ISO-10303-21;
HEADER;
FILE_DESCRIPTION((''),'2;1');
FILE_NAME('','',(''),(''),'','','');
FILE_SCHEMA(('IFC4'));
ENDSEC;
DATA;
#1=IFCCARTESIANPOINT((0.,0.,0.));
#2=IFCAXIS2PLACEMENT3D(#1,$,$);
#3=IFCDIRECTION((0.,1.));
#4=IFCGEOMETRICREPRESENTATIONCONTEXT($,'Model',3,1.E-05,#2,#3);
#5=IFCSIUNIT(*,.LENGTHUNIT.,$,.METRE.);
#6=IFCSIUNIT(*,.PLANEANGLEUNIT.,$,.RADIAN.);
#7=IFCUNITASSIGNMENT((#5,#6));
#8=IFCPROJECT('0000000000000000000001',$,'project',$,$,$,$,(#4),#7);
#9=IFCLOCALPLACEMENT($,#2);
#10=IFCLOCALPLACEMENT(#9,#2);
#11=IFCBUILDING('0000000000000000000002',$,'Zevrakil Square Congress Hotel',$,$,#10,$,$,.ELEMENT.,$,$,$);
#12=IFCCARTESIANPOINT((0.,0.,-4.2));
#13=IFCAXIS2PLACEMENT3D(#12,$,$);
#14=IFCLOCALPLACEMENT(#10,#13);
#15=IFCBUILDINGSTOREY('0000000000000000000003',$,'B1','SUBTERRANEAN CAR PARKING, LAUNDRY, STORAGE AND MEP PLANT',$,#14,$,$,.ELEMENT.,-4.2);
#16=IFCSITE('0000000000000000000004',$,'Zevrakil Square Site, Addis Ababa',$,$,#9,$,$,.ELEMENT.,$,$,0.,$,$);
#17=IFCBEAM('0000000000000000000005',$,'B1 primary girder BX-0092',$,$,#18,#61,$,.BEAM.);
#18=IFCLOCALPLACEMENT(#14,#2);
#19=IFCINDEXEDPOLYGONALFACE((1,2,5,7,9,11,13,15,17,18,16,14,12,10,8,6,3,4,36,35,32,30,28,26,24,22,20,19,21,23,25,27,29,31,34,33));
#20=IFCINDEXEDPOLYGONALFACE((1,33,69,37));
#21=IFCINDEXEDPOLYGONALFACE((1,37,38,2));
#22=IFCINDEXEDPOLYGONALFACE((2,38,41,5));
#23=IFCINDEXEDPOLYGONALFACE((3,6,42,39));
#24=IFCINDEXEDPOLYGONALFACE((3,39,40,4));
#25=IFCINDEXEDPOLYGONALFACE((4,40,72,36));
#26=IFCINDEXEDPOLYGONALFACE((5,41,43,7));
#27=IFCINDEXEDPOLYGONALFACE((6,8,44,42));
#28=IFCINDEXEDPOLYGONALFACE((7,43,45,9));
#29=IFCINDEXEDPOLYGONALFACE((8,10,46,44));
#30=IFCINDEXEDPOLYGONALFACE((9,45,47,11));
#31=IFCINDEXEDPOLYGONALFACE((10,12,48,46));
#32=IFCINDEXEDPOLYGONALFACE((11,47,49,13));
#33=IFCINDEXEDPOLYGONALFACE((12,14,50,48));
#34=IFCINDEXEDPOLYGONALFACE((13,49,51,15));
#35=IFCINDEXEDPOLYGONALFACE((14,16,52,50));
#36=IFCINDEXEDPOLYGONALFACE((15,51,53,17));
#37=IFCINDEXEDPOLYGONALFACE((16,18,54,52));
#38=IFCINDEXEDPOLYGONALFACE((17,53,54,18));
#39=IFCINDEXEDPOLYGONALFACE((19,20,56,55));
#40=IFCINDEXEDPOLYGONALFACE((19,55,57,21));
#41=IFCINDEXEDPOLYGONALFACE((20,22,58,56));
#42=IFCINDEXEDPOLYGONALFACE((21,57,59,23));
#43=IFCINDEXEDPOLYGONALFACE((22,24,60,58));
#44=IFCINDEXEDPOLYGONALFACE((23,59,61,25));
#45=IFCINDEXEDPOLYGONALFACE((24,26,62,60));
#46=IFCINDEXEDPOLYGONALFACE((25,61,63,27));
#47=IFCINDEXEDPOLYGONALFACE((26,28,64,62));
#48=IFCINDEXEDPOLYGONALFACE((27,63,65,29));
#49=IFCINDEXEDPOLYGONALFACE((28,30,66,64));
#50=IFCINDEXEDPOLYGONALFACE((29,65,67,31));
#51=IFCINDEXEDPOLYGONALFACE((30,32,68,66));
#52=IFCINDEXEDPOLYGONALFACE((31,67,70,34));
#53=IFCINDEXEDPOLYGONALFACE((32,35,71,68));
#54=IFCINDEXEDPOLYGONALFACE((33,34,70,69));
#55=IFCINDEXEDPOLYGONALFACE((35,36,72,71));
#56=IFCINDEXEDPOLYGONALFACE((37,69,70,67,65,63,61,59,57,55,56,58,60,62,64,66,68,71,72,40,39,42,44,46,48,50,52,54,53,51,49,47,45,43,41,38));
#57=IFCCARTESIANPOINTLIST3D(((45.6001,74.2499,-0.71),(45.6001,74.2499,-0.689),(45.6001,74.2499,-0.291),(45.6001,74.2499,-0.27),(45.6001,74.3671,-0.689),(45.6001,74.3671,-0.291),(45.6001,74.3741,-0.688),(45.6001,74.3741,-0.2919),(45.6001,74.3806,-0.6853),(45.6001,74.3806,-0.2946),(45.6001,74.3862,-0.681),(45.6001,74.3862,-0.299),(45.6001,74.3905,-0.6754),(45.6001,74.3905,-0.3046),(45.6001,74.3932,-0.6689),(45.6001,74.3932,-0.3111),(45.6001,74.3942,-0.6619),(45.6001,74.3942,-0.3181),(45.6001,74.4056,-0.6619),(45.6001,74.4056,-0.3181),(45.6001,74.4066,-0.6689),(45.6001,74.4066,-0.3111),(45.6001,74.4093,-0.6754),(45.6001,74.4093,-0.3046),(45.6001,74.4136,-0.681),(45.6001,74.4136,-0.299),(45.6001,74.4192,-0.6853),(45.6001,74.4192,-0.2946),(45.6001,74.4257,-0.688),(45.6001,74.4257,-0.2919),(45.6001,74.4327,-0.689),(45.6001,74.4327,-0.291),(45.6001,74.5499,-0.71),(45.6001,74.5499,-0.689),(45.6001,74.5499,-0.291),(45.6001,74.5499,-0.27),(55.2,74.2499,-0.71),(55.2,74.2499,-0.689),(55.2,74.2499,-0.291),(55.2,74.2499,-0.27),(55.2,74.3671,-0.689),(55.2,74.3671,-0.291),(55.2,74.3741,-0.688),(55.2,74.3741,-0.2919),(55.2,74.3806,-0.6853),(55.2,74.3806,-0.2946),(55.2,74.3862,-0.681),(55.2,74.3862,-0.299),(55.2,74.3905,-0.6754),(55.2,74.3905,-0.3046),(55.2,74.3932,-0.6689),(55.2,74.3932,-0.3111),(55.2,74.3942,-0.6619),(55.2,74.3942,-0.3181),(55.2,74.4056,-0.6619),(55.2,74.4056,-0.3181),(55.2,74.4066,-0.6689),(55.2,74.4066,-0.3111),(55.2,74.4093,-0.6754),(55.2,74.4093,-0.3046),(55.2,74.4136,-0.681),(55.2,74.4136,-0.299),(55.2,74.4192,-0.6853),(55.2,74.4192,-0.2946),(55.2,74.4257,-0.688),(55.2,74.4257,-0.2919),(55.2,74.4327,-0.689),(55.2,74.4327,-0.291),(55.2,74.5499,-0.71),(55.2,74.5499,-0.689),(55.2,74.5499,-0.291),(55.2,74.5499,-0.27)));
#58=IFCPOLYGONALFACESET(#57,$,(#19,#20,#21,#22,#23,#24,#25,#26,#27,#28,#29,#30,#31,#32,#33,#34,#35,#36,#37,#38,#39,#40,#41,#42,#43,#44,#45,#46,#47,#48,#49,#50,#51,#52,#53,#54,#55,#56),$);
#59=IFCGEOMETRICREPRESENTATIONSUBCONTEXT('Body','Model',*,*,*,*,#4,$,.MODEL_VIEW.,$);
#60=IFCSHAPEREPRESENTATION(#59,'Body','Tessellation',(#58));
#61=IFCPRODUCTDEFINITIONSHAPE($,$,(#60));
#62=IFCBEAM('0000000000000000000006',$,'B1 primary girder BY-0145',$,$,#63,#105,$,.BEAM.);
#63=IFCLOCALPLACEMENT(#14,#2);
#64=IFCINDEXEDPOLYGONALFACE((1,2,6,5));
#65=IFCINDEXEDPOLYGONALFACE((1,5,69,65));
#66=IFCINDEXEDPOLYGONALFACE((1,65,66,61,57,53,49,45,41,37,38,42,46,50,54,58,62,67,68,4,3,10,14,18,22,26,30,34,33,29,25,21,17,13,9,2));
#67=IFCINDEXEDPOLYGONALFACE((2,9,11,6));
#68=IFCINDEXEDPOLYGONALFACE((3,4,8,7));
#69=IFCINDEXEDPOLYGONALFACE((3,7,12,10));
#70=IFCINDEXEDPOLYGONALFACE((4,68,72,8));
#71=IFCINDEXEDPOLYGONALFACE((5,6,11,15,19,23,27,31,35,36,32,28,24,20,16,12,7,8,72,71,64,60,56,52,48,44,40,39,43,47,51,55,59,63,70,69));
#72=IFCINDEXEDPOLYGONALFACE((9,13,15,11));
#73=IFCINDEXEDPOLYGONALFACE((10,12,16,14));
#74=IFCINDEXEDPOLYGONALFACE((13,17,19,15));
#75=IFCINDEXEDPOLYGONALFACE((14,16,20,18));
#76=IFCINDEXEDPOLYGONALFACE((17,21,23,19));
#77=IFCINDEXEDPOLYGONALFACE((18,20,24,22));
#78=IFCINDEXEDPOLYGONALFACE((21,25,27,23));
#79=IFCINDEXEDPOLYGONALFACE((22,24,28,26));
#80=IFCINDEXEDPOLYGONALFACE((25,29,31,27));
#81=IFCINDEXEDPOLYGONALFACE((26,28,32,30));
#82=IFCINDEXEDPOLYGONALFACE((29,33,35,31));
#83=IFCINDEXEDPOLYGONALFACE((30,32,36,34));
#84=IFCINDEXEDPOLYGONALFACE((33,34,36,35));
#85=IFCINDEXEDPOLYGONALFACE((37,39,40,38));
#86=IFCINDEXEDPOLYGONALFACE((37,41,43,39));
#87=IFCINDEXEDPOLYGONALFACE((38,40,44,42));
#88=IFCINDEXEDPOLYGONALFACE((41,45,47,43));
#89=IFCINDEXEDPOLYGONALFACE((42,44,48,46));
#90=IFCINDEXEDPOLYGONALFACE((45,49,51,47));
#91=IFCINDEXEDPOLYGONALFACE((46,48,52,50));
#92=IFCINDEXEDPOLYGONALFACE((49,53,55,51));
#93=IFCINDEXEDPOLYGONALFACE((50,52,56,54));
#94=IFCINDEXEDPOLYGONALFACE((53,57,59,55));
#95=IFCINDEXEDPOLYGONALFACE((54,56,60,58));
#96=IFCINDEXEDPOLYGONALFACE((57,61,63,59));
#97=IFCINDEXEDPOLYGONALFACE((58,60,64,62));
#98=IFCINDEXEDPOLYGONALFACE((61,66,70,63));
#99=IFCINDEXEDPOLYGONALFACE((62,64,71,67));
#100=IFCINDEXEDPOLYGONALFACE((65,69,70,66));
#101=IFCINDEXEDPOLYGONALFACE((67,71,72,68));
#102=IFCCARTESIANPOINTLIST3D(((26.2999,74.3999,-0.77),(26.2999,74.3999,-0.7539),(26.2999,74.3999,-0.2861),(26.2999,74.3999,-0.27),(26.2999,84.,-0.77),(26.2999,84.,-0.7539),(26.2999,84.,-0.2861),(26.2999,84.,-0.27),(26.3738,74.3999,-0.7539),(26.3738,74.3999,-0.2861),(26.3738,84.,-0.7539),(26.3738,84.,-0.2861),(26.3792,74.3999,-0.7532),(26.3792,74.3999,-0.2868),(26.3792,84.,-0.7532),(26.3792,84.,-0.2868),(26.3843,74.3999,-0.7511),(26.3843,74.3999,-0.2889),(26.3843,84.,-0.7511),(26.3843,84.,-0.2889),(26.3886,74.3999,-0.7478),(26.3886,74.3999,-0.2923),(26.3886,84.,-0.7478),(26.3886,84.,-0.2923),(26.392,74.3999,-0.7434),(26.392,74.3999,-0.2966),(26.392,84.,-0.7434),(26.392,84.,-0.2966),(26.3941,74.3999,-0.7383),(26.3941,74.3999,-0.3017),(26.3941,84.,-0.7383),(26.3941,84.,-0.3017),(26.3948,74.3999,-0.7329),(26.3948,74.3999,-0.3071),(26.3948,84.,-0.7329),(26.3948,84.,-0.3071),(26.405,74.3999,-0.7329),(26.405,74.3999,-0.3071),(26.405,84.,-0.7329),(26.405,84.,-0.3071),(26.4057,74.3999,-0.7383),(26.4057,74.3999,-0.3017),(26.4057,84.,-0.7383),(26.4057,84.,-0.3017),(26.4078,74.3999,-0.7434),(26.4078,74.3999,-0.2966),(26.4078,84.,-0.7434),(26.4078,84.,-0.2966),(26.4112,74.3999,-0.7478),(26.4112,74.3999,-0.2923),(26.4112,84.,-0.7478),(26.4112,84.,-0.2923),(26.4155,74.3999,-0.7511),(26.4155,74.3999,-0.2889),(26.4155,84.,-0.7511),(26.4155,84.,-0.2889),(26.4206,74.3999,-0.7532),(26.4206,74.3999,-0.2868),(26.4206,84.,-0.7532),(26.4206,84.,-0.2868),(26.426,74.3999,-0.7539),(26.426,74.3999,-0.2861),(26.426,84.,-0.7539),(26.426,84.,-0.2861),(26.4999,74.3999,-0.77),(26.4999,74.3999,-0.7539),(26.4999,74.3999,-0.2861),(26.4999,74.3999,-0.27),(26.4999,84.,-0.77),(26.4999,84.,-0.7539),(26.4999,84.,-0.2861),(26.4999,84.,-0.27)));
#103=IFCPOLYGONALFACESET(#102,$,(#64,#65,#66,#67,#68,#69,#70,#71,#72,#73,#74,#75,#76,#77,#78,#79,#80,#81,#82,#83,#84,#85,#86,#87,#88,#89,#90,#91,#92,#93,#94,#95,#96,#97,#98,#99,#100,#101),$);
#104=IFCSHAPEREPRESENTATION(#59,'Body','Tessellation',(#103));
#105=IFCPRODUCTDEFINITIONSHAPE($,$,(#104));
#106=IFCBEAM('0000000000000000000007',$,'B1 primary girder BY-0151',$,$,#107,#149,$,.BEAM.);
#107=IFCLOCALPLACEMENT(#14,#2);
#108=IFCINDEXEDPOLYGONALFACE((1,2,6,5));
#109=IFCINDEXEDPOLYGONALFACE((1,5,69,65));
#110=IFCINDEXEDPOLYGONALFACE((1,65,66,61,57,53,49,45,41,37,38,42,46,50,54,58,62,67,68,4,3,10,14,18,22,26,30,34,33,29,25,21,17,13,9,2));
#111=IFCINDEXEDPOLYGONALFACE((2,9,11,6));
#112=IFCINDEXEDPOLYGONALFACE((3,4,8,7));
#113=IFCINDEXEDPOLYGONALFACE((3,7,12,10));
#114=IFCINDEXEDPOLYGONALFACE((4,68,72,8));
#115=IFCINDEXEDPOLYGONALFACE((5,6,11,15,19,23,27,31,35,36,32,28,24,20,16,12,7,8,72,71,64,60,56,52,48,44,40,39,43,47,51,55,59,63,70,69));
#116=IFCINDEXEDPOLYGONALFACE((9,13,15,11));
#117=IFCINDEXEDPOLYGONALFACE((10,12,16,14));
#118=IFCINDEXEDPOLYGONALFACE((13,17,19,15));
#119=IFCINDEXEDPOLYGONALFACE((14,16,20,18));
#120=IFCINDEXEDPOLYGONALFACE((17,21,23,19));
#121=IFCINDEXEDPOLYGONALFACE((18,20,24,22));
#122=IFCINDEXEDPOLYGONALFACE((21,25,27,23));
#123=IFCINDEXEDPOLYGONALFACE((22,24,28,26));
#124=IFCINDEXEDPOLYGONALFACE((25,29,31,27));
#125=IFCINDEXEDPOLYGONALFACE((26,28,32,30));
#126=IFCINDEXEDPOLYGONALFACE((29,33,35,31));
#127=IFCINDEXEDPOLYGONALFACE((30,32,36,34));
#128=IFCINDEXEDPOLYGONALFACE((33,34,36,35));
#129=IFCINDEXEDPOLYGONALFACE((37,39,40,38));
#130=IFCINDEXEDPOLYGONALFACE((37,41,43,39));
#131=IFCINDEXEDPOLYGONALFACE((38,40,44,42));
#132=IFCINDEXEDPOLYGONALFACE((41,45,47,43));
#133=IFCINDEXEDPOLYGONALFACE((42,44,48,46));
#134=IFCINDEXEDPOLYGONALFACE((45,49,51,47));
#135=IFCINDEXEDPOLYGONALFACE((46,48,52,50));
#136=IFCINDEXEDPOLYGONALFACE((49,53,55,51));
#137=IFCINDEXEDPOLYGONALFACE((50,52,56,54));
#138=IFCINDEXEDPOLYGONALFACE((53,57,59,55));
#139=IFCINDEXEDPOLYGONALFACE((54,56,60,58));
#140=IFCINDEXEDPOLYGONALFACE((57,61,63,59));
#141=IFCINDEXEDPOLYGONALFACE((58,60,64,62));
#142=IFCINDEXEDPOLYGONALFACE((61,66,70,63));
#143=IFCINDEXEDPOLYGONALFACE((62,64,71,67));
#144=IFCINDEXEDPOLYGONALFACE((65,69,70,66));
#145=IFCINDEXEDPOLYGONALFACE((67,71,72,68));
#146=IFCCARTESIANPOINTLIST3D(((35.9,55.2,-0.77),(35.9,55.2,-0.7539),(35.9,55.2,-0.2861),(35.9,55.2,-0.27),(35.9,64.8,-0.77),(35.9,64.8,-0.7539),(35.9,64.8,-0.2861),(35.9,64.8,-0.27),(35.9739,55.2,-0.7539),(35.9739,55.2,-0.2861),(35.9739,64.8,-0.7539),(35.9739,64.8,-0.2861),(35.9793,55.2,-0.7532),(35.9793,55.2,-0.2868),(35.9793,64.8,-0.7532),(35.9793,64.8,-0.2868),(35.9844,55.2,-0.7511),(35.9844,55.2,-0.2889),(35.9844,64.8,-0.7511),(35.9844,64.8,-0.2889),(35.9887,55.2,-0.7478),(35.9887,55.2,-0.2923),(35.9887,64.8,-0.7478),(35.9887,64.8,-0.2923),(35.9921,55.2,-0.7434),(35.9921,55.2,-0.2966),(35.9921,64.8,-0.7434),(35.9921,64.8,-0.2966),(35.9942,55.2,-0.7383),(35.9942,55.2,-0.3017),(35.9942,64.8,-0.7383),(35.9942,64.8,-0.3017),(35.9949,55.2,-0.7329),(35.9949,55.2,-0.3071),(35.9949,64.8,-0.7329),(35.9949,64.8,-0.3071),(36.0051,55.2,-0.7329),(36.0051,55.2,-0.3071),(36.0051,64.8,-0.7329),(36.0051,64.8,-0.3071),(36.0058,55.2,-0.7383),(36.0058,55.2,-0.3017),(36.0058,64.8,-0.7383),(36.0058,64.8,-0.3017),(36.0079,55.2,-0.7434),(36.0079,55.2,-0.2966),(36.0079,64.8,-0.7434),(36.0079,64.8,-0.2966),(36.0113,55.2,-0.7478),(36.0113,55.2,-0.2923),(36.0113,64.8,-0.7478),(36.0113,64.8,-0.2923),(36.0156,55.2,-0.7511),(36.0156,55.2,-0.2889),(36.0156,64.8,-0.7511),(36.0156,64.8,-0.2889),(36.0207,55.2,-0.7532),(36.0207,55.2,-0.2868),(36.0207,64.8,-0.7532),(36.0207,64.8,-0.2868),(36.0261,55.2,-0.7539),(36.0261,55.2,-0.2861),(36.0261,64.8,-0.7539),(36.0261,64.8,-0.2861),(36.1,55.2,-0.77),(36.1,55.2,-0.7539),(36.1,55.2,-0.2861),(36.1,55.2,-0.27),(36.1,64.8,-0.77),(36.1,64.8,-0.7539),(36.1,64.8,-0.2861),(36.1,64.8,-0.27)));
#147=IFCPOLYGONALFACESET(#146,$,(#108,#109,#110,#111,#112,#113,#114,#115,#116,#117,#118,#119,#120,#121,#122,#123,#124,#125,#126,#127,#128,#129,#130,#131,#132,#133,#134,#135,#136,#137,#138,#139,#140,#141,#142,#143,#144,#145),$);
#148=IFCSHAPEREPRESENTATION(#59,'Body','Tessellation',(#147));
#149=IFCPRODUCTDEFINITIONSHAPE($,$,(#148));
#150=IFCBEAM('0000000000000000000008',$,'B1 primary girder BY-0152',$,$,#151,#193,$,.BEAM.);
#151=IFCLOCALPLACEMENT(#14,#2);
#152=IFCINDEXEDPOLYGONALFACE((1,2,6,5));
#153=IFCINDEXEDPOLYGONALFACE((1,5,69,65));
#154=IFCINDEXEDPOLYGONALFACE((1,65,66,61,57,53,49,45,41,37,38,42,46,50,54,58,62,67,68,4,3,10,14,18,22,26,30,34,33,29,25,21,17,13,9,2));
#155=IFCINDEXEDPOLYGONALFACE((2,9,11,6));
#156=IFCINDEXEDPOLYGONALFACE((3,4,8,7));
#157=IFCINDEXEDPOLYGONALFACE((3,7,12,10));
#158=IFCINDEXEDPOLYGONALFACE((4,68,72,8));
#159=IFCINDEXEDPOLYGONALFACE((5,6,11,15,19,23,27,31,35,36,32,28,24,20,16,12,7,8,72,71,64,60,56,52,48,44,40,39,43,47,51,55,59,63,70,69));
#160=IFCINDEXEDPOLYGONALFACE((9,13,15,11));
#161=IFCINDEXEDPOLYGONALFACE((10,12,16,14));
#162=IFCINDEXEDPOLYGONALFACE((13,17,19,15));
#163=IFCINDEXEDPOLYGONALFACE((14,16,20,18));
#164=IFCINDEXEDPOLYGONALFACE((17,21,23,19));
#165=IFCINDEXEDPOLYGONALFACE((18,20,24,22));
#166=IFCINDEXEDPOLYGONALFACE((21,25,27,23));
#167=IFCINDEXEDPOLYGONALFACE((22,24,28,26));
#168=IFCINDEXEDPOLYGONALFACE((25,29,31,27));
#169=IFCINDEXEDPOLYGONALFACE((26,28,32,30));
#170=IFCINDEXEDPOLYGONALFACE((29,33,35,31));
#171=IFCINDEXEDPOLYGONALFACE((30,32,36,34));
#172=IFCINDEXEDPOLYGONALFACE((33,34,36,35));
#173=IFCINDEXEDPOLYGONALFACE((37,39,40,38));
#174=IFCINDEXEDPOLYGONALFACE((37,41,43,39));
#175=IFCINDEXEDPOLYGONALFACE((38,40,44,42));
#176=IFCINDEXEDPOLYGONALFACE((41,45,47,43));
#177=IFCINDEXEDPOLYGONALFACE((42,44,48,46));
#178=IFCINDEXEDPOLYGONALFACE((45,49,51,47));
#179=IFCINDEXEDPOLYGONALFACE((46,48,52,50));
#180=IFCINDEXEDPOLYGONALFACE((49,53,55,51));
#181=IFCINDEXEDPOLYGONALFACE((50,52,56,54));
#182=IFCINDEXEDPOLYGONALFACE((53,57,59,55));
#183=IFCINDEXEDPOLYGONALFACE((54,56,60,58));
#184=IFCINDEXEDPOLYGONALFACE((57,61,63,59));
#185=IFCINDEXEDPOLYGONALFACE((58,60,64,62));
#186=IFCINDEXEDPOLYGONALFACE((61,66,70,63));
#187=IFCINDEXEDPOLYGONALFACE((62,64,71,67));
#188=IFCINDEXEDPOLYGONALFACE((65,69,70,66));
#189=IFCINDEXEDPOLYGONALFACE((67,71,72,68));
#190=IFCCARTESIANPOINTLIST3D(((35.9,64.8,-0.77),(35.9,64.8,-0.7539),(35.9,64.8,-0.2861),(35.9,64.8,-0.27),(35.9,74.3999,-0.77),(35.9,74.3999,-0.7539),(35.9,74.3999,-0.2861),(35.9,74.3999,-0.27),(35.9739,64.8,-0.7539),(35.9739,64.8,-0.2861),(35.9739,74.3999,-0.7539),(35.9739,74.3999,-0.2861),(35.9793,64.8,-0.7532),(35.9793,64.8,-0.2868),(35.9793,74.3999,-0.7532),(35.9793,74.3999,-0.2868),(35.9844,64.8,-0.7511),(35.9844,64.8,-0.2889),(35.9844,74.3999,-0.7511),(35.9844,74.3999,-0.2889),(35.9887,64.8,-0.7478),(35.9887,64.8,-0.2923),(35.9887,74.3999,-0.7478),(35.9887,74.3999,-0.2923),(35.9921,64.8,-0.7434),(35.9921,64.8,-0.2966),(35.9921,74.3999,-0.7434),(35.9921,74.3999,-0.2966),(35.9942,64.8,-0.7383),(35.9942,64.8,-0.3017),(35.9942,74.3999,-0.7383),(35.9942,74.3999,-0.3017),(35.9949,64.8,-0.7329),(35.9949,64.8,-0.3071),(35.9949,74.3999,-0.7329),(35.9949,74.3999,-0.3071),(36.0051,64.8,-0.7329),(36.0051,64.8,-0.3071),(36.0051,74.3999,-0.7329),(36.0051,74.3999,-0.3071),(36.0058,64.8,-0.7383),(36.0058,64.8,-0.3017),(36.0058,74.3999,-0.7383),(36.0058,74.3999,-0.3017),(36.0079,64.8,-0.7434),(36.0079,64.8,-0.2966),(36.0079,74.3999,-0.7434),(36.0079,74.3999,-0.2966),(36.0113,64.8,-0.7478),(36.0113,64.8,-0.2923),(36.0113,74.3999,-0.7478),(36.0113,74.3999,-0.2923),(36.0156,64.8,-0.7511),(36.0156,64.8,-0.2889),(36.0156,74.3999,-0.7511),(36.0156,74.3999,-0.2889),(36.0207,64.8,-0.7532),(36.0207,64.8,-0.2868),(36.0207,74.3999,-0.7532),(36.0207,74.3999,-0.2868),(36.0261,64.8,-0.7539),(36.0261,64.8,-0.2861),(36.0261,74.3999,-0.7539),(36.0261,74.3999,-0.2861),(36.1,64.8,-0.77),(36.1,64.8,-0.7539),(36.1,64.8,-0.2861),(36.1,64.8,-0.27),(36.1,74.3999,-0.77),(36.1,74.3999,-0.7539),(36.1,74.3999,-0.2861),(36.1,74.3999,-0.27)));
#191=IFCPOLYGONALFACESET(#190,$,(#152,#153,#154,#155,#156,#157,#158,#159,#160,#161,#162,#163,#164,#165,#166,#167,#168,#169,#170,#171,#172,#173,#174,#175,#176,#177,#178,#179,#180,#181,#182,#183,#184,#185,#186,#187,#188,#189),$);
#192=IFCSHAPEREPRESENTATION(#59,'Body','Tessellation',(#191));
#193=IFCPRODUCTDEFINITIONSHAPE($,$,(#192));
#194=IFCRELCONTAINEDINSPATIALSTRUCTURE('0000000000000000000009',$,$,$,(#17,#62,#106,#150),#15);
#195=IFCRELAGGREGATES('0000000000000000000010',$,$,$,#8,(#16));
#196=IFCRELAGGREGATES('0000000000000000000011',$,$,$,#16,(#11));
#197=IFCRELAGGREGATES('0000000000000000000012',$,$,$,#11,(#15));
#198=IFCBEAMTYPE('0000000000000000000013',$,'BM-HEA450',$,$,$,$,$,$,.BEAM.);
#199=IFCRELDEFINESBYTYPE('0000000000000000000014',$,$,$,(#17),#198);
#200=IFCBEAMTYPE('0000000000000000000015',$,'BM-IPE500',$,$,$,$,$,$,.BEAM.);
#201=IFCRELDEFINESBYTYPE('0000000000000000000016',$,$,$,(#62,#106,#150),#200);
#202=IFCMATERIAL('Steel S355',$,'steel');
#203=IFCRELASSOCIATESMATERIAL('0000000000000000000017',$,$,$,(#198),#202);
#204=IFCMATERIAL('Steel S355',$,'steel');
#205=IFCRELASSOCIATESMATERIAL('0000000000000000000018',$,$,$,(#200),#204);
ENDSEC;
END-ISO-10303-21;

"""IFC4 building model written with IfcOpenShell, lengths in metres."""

from ifc_helpers import new_model, si_unit, direction, frame, origin, origin_2d, place, context, subcontext, project, spatial, i_section, extrude, material, material_profile, profile_set, type_object, element, save


model = new_model("IFC4")

# Units and contexts
model_context = context("Model", 3, precision=1e-05, world=origin(), true_north=direction((0.0, 1.0)))
body_context = subcontext(model_context, "Body", "Model", "MODEL_VIEW")
ifc_project = project(units=[si_unit("LENGTHUNIT", "METRE"), si_unit("PLANEANGLEUNIT", "RADIAN")], contexts=[model_context])

# Site, building, storey
site_placement = place(None, origin())
site = spatial("IfcSite", under=ifc_project, at=site_placement, Name="Zevrakil Square Site, Addis Ababa", CompositionType="ELEMENT", RefElevation=0.0)
building_placement = place(site_placement, origin())
building = spatial("IfcBuilding", under=site, at=building_placement, Name="Zevrakil Square Congress Hotel", CompositionType="ELEMENT")
storey_placement = place(building_placement, frame((0.0, 0.0, -4.2)))
storey = spatial("IfcBuildingStorey", under=building, at=storey_placement, Name="B1", Description="SUBTERRANEAN CAR PARKING, LAUNDRY, STORAGE AND MEP PLANT", CompositionType="ELEMENT", Elevation=-4.2)

# Beams
ifc_material_1 = material(Name="Steel S355", Category="steel")
ifc_material_profile_1 = material_profile(ifc_material_1, i_section(OverallWidth=0.3, OverallDepth=0.4399, WebThickness=0.0115, FlangeThickness=0.021, FilletRadius=0.0271, at=origin_2d()), Name="HEA 450")
ifc_profile_set_1 = profile_set([ifc_material_profile_1], Name="Steel S355")
beam_type_1 = type_object("IfcBeamType", Name="BM-HEA450", PredefinedType="BEAM", material=ifc_profile_set_1)
beam_1_placement = place(storey_placement, frame((45.6001, 74.3999, -0.49), z_axis=(1.0, 0.0, 0.0), x_axis=(0.0, 1.0, 0.0)))
element("IfcBeam", 1, at=beam_1_placement, inside=storey, type_object=beam_type_1, Name="B1 primary girder BX-0092", PredefinedType="BEAM", context=body_context, shape_type="SweptSolid", body=[
    extrude(i_section(OverallWidth=0.3, OverallDepth=0.4399, WebThickness=0.0115, FlangeThickness=0.021, FilletRadius=0.0271, at=origin_2d()), origin(), (0.0, 0.0, 1.0), 9.5999),
])
ifc_material_2 = material(Name="Steel S355", Category="steel")
ifc_material_profile_2 = material_profile(ifc_material_2, i_section(OverallWidth=0.2, OverallDepth=0.5, WebThickness=0.0103, FlangeThickness=0.0161, FilletRadius=0.021, at=origin_2d()), Name="IPE 500")
ifc_profile_set_2 = profile_set([ifc_material_profile_2], Name="Steel S355")
beam_type_2 = type_object("IfcBeamType", Name="BM-IPE500", PredefinedType="BEAM", material=ifc_profile_set_2)
for number, where, z_axis, x_axis, name in (
    (2, (26.3999, 74.3999, -0.52), (0.0, 1.0, 0.0), (-1.0, 0.0, 0.0), "B1 primary girder BY-0145"),
    (3, (36.0, 55.2, -0.52), (0.0, 1.0, 0.0), (-1.0, 0.0, 0.0), "B1 primary girder BY-0151"),
):
    element("IfcBeam", number, at=place(storey_placement, frame(where, z_axis=z_axis, x_axis=x_axis)), inside=storey, type_object=beam_type_2, Name=name, PredefinedType="BEAM", context=body_context, shape_type="SweptSolid", body=[
        extrude(i_section(OverallWidth=0.2, OverallDepth=0.5, WebThickness=0.0103, FlangeThickness=0.0161, FilletRadius=0.021, at=origin_2d()), origin(), (0.0, 0.0, 1.0), 9.6001),
    ])
beam_2_placement = place(storey_placement, frame((36.0, 64.8, -0.52), z_axis=(0.0, 1.0, 0.0), x_axis=(-1.0, 0.0, 0.0)))
element("IfcBeam", 4, at=beam_2_placement, inside=storey, type_object=beam_type_2, Name="B1 primary girder BY-0152", PredefinedType="BEAM", context=body_context, shape_type="SweptSolid", body=[
    extrude(i_section(OverallWidth=0.2, OverallDepth=0.5, WebThickness=0.0103, FlangeThickness=0.0161, FilletRadius=0.021, at=origin_2d()), origin(), (0.0, 0.0, 1.0), 9.5999),
])

save(model, "model.ifc")
